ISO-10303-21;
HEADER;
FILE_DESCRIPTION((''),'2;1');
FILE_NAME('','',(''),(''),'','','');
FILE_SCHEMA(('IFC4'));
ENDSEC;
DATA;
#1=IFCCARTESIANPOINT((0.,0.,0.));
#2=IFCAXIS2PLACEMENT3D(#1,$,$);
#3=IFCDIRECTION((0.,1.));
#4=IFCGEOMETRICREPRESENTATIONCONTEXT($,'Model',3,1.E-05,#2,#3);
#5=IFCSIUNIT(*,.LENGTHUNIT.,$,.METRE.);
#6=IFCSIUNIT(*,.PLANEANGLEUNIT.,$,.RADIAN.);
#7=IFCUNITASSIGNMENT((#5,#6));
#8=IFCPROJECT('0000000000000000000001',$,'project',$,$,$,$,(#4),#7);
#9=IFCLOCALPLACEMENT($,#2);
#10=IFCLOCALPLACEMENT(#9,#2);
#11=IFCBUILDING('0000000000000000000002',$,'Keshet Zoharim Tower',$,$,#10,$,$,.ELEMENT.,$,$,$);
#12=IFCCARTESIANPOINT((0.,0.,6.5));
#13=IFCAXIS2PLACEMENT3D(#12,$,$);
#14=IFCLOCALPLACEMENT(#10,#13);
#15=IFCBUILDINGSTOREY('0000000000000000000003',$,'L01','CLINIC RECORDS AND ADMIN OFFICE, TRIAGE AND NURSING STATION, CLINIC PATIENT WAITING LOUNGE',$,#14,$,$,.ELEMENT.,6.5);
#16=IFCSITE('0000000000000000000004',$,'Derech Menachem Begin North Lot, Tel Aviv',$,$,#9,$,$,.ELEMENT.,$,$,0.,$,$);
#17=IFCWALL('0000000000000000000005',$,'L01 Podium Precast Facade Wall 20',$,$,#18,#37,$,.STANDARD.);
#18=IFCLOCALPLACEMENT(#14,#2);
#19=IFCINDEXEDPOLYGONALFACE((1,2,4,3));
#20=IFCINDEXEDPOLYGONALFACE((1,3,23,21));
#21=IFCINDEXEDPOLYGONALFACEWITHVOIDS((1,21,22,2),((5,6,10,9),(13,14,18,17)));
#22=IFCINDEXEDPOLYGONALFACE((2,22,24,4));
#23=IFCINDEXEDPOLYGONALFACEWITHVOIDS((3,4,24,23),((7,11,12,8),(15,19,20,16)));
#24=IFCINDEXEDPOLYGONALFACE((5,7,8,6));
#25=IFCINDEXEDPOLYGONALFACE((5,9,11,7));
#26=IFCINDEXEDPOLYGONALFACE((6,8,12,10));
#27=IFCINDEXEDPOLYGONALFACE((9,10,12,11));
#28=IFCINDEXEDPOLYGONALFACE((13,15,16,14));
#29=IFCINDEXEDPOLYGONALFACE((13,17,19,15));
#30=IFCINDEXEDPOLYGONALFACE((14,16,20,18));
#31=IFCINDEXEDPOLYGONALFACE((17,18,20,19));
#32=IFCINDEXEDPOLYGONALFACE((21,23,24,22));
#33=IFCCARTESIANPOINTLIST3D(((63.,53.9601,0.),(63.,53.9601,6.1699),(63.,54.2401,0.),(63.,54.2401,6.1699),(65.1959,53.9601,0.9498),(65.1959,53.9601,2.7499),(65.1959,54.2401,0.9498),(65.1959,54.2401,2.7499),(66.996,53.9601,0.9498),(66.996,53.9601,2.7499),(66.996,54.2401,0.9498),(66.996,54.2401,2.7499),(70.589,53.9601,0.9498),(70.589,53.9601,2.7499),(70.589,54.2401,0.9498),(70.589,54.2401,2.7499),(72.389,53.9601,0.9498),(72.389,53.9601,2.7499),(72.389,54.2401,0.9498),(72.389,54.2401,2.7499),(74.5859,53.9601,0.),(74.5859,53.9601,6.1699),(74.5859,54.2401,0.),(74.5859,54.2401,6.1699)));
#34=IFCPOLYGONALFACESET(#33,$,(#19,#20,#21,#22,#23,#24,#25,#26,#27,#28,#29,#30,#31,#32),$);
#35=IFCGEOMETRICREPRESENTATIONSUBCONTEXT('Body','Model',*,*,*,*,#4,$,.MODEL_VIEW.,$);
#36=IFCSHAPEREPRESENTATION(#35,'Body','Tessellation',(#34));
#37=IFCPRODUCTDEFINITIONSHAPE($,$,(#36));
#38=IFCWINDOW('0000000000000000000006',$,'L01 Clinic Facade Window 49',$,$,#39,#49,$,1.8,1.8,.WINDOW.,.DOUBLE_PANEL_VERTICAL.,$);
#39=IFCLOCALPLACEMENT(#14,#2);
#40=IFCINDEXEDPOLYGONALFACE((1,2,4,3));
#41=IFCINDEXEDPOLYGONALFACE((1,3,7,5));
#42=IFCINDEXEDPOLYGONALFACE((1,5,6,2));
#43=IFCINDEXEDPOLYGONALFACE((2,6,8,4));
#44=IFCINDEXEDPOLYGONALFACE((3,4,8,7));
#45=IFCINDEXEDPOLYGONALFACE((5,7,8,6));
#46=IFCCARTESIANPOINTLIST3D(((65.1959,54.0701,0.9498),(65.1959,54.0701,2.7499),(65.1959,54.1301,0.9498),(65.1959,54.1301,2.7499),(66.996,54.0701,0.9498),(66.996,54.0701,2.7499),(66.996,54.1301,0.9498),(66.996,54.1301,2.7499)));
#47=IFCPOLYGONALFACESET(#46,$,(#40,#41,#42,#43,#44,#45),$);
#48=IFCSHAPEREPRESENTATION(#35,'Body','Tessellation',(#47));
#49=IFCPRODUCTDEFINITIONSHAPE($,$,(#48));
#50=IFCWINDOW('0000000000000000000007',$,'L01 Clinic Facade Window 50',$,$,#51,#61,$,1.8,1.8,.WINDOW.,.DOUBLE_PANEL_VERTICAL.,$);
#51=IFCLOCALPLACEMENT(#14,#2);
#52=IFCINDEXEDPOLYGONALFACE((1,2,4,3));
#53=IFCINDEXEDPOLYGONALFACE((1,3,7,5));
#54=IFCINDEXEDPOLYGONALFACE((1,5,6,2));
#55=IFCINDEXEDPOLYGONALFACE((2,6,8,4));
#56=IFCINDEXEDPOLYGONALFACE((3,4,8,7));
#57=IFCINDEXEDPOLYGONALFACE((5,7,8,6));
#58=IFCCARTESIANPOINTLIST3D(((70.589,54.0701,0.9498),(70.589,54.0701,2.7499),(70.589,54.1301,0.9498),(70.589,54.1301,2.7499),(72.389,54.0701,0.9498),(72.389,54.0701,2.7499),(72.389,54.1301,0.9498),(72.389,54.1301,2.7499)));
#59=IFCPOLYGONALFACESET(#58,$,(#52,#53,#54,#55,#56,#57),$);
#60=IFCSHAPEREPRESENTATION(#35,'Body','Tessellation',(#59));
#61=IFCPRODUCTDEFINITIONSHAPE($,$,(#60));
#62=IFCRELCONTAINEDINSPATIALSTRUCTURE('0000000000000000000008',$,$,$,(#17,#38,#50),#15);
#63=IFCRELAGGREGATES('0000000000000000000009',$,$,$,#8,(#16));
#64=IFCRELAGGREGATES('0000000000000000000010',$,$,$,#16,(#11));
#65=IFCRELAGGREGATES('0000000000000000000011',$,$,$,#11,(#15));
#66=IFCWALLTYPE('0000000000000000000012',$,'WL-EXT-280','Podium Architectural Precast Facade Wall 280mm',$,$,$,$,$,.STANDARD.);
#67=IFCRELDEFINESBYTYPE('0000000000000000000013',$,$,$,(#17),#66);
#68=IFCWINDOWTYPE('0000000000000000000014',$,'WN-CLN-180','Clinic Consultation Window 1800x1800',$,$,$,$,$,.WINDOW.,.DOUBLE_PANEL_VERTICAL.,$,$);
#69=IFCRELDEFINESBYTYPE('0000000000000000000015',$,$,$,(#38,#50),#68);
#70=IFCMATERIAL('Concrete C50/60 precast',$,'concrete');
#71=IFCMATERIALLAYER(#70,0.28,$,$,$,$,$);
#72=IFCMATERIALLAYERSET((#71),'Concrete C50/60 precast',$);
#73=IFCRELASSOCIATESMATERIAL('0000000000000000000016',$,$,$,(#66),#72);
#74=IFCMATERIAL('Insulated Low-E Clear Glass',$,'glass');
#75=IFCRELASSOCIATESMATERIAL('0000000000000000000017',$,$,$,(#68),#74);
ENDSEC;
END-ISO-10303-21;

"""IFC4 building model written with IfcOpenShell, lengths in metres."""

from ifc_helpers import new_model, si_unit, direction, frame, frame_2d, origin, place, context, subcontext, project, spatial, rectangle, extrude, material, layer, layer_set, type_object, element, fill, save


model = new_model("IFC4")

# Units and contexts
model_context = context("Model", 3, precision=1e-05, world=origin(), true_north=direction((0.0, 1.0)))
body_context = subcontext(model_context, "Body", "Model", "MODEL_VIEW")
ifc_project = project(units=[si_unit("LENGTHUNIT", "METRE"), si_unit("PLANEANGLEUNIT", "RADIAN")], contexts=[model_context])

# Site, building, storey
site_placement = place(None, origin())
site = spatial("IfcSite", under=ifc_project, at=site_placement, Name="Derech Menachem Begin North Lot, Tel Aviv", CompositionType="ELEMENT", RefElevation=0.0)
building_placement = place(site_placement, origin())
building = spatial("IfcBuilding", under=site, at=building_placement, Name="Keshet Zoharim Tower", CompositionType="ELEMENT")
storey_placement = place(building_placement, frame((0.0, 0.0, 6.5)))
storey = spatial("IfcBuildingStorey", under=building, at=storey_placement, Name="L01", Description="CLINIC RECORDS AND ADMIN OFFICE, TRIAGE AND NURSING STATION, CLINIC PATIENT WAITING LOUNGE", CompositionType="ELEMENT", Elevation=6.5)

# Shared definitions
ifc_material_1 = material(Name="Concrete C50/60 precast", Category="concrete")
ifc_layer = layer(ifc_material_1, 0.28)
ifc_layer_set = layer_set([ifc_layer], Name="Concrete C50/60 precast")
wall_type = type_object("IfcWallType", Name="WL-EXT-280", Description="Podium Architectural Precast Facade Wall 280mm", PredefinedType="STANDARD", material=ifc_layer_set)

# Wall, openings, windows
ifc_material_2 = material(Name="Insulated Low-E Clear Glass", Category="glass")
window_type = type_object("IfcWindowType", Name="WN-CLN-180", Description="Clinic Consultation Window 1800x1800", PartitioningType="DOUBLE_PANEL_VERTICAL", PredefinedType="WINDOW", material=ifc_material_2)
wall_1_placement = place(storey_placement, frame((63.0, 54.1001, 0.0), z_axis=(0.0, 0.0, 1.0), x_axis=(1.0, 0.0, 0.0)))
wall_1 = element("IfcWall", 1, at=wall_1_placement, inside=storey, type_object=wall_type, Name="L01 Podium Precast Facade Wall 20", PredefinedType="STANDARD", context=body_context, shape_type="SweptSolid", body=[
    extrude(rectangle(XDim=11.5859, YDim=0.28, at=frame_2d((5.793, 0.0))), origin(), (0.0, 0.0, 1.0), 6.1699),
])
opening_1_placement = place(wall_1_placement, frame((2.196, 0.0, 0.95)))
opening_1 = element("IfcOpeningElement", 2, at=opening_1_placement, cuts=wall_1, PredefinedType="OPENING", context=body_context, shape_type="SweptSolid", body=[
    extrude(rectangle(XDim=1.8, YDim=1.8, at=frame_2d((0.8999, 0.8999))), frame((0.0, 0.1499, 0.0), z_axis=(0.0, -1.0, 0.0), x_axis=(1.0, 0.0, 0.0)), (0.0, 0.0, 1.0), 0.3),
])
opening_2_placement = place(wall_1_placement, frame((7.5891, 0.0, 0.95)))
opening_2 = element("IfcOpeningElement", 3, at=opening_2_placement, cuts=wall_1, PredefinedType="OPENING", context=body_context, shape_type="SweptSolid", body=[
    extrude(rectangle(XDim=1.8, YDim=1.8, at=frame_2d((0.8999, 0.8999))), frame((0.0, 0.1499, 0.0), z_axis=(0.0, -1.0, 0.0), x_axis=(1.0, 0.0, 0.0)), (0.0, 0.0, 1.0), 0.3),
])
window_1_placement = place(opening_1_placement, origin())
window_1 = element("IfcWindow", 4, at=window_1_placement, inside=storey, type_object=window_type, Name="L01 Clinic Facade Window 49", OverallHeight=1.8, OverallWidth=1.8, PartitioningType="DOUBLE_PANEL_VERTICAL", PredefinedType="WINDOW", context=body_context, shape_type="SweptSolid", body=[
    extrude(rectangle(XDim=1.8, YDim=1.8, at=frame_2d((0.8999, 0.8999))), frame((0.0, 0.03, 0.0), z_axis=(0.0, -1.0, 0.0), x_axis=(1.0, 0.0, 0.0)), (0.0, 0.0, 1.0), 0.0601),
])
fill(opening_1, window_1)
window_2_placement = place(opening_2_placement, origin())
window_2 = element("IfcWindow", 5, at=window_2_placement, inside=storey, type_object=window_type, Name="L01 Clinic Facade Window 50", OverallHeight=1.8, OverallWidth=1.8, PartitioningType="DOUBLE_PANEL_VERTICAL", PredefinedType="WINDOW", context=body_context, shape_type="SweptSolid", body=[
    extrude(rectangle(XDim=1.8, YDim=1.8, at=frame_2d((0.8999, 0.8999))), frame((0.0, 0.03, 0.0), z_axis=(0.0, -1.0, 0.0), x_axis=(1.0, 0.0, 0.0)), (0.0, 0.0, 1.0), 0.0601),
])
fill(opening_2, window_2)

save(model, "model.ifc")
